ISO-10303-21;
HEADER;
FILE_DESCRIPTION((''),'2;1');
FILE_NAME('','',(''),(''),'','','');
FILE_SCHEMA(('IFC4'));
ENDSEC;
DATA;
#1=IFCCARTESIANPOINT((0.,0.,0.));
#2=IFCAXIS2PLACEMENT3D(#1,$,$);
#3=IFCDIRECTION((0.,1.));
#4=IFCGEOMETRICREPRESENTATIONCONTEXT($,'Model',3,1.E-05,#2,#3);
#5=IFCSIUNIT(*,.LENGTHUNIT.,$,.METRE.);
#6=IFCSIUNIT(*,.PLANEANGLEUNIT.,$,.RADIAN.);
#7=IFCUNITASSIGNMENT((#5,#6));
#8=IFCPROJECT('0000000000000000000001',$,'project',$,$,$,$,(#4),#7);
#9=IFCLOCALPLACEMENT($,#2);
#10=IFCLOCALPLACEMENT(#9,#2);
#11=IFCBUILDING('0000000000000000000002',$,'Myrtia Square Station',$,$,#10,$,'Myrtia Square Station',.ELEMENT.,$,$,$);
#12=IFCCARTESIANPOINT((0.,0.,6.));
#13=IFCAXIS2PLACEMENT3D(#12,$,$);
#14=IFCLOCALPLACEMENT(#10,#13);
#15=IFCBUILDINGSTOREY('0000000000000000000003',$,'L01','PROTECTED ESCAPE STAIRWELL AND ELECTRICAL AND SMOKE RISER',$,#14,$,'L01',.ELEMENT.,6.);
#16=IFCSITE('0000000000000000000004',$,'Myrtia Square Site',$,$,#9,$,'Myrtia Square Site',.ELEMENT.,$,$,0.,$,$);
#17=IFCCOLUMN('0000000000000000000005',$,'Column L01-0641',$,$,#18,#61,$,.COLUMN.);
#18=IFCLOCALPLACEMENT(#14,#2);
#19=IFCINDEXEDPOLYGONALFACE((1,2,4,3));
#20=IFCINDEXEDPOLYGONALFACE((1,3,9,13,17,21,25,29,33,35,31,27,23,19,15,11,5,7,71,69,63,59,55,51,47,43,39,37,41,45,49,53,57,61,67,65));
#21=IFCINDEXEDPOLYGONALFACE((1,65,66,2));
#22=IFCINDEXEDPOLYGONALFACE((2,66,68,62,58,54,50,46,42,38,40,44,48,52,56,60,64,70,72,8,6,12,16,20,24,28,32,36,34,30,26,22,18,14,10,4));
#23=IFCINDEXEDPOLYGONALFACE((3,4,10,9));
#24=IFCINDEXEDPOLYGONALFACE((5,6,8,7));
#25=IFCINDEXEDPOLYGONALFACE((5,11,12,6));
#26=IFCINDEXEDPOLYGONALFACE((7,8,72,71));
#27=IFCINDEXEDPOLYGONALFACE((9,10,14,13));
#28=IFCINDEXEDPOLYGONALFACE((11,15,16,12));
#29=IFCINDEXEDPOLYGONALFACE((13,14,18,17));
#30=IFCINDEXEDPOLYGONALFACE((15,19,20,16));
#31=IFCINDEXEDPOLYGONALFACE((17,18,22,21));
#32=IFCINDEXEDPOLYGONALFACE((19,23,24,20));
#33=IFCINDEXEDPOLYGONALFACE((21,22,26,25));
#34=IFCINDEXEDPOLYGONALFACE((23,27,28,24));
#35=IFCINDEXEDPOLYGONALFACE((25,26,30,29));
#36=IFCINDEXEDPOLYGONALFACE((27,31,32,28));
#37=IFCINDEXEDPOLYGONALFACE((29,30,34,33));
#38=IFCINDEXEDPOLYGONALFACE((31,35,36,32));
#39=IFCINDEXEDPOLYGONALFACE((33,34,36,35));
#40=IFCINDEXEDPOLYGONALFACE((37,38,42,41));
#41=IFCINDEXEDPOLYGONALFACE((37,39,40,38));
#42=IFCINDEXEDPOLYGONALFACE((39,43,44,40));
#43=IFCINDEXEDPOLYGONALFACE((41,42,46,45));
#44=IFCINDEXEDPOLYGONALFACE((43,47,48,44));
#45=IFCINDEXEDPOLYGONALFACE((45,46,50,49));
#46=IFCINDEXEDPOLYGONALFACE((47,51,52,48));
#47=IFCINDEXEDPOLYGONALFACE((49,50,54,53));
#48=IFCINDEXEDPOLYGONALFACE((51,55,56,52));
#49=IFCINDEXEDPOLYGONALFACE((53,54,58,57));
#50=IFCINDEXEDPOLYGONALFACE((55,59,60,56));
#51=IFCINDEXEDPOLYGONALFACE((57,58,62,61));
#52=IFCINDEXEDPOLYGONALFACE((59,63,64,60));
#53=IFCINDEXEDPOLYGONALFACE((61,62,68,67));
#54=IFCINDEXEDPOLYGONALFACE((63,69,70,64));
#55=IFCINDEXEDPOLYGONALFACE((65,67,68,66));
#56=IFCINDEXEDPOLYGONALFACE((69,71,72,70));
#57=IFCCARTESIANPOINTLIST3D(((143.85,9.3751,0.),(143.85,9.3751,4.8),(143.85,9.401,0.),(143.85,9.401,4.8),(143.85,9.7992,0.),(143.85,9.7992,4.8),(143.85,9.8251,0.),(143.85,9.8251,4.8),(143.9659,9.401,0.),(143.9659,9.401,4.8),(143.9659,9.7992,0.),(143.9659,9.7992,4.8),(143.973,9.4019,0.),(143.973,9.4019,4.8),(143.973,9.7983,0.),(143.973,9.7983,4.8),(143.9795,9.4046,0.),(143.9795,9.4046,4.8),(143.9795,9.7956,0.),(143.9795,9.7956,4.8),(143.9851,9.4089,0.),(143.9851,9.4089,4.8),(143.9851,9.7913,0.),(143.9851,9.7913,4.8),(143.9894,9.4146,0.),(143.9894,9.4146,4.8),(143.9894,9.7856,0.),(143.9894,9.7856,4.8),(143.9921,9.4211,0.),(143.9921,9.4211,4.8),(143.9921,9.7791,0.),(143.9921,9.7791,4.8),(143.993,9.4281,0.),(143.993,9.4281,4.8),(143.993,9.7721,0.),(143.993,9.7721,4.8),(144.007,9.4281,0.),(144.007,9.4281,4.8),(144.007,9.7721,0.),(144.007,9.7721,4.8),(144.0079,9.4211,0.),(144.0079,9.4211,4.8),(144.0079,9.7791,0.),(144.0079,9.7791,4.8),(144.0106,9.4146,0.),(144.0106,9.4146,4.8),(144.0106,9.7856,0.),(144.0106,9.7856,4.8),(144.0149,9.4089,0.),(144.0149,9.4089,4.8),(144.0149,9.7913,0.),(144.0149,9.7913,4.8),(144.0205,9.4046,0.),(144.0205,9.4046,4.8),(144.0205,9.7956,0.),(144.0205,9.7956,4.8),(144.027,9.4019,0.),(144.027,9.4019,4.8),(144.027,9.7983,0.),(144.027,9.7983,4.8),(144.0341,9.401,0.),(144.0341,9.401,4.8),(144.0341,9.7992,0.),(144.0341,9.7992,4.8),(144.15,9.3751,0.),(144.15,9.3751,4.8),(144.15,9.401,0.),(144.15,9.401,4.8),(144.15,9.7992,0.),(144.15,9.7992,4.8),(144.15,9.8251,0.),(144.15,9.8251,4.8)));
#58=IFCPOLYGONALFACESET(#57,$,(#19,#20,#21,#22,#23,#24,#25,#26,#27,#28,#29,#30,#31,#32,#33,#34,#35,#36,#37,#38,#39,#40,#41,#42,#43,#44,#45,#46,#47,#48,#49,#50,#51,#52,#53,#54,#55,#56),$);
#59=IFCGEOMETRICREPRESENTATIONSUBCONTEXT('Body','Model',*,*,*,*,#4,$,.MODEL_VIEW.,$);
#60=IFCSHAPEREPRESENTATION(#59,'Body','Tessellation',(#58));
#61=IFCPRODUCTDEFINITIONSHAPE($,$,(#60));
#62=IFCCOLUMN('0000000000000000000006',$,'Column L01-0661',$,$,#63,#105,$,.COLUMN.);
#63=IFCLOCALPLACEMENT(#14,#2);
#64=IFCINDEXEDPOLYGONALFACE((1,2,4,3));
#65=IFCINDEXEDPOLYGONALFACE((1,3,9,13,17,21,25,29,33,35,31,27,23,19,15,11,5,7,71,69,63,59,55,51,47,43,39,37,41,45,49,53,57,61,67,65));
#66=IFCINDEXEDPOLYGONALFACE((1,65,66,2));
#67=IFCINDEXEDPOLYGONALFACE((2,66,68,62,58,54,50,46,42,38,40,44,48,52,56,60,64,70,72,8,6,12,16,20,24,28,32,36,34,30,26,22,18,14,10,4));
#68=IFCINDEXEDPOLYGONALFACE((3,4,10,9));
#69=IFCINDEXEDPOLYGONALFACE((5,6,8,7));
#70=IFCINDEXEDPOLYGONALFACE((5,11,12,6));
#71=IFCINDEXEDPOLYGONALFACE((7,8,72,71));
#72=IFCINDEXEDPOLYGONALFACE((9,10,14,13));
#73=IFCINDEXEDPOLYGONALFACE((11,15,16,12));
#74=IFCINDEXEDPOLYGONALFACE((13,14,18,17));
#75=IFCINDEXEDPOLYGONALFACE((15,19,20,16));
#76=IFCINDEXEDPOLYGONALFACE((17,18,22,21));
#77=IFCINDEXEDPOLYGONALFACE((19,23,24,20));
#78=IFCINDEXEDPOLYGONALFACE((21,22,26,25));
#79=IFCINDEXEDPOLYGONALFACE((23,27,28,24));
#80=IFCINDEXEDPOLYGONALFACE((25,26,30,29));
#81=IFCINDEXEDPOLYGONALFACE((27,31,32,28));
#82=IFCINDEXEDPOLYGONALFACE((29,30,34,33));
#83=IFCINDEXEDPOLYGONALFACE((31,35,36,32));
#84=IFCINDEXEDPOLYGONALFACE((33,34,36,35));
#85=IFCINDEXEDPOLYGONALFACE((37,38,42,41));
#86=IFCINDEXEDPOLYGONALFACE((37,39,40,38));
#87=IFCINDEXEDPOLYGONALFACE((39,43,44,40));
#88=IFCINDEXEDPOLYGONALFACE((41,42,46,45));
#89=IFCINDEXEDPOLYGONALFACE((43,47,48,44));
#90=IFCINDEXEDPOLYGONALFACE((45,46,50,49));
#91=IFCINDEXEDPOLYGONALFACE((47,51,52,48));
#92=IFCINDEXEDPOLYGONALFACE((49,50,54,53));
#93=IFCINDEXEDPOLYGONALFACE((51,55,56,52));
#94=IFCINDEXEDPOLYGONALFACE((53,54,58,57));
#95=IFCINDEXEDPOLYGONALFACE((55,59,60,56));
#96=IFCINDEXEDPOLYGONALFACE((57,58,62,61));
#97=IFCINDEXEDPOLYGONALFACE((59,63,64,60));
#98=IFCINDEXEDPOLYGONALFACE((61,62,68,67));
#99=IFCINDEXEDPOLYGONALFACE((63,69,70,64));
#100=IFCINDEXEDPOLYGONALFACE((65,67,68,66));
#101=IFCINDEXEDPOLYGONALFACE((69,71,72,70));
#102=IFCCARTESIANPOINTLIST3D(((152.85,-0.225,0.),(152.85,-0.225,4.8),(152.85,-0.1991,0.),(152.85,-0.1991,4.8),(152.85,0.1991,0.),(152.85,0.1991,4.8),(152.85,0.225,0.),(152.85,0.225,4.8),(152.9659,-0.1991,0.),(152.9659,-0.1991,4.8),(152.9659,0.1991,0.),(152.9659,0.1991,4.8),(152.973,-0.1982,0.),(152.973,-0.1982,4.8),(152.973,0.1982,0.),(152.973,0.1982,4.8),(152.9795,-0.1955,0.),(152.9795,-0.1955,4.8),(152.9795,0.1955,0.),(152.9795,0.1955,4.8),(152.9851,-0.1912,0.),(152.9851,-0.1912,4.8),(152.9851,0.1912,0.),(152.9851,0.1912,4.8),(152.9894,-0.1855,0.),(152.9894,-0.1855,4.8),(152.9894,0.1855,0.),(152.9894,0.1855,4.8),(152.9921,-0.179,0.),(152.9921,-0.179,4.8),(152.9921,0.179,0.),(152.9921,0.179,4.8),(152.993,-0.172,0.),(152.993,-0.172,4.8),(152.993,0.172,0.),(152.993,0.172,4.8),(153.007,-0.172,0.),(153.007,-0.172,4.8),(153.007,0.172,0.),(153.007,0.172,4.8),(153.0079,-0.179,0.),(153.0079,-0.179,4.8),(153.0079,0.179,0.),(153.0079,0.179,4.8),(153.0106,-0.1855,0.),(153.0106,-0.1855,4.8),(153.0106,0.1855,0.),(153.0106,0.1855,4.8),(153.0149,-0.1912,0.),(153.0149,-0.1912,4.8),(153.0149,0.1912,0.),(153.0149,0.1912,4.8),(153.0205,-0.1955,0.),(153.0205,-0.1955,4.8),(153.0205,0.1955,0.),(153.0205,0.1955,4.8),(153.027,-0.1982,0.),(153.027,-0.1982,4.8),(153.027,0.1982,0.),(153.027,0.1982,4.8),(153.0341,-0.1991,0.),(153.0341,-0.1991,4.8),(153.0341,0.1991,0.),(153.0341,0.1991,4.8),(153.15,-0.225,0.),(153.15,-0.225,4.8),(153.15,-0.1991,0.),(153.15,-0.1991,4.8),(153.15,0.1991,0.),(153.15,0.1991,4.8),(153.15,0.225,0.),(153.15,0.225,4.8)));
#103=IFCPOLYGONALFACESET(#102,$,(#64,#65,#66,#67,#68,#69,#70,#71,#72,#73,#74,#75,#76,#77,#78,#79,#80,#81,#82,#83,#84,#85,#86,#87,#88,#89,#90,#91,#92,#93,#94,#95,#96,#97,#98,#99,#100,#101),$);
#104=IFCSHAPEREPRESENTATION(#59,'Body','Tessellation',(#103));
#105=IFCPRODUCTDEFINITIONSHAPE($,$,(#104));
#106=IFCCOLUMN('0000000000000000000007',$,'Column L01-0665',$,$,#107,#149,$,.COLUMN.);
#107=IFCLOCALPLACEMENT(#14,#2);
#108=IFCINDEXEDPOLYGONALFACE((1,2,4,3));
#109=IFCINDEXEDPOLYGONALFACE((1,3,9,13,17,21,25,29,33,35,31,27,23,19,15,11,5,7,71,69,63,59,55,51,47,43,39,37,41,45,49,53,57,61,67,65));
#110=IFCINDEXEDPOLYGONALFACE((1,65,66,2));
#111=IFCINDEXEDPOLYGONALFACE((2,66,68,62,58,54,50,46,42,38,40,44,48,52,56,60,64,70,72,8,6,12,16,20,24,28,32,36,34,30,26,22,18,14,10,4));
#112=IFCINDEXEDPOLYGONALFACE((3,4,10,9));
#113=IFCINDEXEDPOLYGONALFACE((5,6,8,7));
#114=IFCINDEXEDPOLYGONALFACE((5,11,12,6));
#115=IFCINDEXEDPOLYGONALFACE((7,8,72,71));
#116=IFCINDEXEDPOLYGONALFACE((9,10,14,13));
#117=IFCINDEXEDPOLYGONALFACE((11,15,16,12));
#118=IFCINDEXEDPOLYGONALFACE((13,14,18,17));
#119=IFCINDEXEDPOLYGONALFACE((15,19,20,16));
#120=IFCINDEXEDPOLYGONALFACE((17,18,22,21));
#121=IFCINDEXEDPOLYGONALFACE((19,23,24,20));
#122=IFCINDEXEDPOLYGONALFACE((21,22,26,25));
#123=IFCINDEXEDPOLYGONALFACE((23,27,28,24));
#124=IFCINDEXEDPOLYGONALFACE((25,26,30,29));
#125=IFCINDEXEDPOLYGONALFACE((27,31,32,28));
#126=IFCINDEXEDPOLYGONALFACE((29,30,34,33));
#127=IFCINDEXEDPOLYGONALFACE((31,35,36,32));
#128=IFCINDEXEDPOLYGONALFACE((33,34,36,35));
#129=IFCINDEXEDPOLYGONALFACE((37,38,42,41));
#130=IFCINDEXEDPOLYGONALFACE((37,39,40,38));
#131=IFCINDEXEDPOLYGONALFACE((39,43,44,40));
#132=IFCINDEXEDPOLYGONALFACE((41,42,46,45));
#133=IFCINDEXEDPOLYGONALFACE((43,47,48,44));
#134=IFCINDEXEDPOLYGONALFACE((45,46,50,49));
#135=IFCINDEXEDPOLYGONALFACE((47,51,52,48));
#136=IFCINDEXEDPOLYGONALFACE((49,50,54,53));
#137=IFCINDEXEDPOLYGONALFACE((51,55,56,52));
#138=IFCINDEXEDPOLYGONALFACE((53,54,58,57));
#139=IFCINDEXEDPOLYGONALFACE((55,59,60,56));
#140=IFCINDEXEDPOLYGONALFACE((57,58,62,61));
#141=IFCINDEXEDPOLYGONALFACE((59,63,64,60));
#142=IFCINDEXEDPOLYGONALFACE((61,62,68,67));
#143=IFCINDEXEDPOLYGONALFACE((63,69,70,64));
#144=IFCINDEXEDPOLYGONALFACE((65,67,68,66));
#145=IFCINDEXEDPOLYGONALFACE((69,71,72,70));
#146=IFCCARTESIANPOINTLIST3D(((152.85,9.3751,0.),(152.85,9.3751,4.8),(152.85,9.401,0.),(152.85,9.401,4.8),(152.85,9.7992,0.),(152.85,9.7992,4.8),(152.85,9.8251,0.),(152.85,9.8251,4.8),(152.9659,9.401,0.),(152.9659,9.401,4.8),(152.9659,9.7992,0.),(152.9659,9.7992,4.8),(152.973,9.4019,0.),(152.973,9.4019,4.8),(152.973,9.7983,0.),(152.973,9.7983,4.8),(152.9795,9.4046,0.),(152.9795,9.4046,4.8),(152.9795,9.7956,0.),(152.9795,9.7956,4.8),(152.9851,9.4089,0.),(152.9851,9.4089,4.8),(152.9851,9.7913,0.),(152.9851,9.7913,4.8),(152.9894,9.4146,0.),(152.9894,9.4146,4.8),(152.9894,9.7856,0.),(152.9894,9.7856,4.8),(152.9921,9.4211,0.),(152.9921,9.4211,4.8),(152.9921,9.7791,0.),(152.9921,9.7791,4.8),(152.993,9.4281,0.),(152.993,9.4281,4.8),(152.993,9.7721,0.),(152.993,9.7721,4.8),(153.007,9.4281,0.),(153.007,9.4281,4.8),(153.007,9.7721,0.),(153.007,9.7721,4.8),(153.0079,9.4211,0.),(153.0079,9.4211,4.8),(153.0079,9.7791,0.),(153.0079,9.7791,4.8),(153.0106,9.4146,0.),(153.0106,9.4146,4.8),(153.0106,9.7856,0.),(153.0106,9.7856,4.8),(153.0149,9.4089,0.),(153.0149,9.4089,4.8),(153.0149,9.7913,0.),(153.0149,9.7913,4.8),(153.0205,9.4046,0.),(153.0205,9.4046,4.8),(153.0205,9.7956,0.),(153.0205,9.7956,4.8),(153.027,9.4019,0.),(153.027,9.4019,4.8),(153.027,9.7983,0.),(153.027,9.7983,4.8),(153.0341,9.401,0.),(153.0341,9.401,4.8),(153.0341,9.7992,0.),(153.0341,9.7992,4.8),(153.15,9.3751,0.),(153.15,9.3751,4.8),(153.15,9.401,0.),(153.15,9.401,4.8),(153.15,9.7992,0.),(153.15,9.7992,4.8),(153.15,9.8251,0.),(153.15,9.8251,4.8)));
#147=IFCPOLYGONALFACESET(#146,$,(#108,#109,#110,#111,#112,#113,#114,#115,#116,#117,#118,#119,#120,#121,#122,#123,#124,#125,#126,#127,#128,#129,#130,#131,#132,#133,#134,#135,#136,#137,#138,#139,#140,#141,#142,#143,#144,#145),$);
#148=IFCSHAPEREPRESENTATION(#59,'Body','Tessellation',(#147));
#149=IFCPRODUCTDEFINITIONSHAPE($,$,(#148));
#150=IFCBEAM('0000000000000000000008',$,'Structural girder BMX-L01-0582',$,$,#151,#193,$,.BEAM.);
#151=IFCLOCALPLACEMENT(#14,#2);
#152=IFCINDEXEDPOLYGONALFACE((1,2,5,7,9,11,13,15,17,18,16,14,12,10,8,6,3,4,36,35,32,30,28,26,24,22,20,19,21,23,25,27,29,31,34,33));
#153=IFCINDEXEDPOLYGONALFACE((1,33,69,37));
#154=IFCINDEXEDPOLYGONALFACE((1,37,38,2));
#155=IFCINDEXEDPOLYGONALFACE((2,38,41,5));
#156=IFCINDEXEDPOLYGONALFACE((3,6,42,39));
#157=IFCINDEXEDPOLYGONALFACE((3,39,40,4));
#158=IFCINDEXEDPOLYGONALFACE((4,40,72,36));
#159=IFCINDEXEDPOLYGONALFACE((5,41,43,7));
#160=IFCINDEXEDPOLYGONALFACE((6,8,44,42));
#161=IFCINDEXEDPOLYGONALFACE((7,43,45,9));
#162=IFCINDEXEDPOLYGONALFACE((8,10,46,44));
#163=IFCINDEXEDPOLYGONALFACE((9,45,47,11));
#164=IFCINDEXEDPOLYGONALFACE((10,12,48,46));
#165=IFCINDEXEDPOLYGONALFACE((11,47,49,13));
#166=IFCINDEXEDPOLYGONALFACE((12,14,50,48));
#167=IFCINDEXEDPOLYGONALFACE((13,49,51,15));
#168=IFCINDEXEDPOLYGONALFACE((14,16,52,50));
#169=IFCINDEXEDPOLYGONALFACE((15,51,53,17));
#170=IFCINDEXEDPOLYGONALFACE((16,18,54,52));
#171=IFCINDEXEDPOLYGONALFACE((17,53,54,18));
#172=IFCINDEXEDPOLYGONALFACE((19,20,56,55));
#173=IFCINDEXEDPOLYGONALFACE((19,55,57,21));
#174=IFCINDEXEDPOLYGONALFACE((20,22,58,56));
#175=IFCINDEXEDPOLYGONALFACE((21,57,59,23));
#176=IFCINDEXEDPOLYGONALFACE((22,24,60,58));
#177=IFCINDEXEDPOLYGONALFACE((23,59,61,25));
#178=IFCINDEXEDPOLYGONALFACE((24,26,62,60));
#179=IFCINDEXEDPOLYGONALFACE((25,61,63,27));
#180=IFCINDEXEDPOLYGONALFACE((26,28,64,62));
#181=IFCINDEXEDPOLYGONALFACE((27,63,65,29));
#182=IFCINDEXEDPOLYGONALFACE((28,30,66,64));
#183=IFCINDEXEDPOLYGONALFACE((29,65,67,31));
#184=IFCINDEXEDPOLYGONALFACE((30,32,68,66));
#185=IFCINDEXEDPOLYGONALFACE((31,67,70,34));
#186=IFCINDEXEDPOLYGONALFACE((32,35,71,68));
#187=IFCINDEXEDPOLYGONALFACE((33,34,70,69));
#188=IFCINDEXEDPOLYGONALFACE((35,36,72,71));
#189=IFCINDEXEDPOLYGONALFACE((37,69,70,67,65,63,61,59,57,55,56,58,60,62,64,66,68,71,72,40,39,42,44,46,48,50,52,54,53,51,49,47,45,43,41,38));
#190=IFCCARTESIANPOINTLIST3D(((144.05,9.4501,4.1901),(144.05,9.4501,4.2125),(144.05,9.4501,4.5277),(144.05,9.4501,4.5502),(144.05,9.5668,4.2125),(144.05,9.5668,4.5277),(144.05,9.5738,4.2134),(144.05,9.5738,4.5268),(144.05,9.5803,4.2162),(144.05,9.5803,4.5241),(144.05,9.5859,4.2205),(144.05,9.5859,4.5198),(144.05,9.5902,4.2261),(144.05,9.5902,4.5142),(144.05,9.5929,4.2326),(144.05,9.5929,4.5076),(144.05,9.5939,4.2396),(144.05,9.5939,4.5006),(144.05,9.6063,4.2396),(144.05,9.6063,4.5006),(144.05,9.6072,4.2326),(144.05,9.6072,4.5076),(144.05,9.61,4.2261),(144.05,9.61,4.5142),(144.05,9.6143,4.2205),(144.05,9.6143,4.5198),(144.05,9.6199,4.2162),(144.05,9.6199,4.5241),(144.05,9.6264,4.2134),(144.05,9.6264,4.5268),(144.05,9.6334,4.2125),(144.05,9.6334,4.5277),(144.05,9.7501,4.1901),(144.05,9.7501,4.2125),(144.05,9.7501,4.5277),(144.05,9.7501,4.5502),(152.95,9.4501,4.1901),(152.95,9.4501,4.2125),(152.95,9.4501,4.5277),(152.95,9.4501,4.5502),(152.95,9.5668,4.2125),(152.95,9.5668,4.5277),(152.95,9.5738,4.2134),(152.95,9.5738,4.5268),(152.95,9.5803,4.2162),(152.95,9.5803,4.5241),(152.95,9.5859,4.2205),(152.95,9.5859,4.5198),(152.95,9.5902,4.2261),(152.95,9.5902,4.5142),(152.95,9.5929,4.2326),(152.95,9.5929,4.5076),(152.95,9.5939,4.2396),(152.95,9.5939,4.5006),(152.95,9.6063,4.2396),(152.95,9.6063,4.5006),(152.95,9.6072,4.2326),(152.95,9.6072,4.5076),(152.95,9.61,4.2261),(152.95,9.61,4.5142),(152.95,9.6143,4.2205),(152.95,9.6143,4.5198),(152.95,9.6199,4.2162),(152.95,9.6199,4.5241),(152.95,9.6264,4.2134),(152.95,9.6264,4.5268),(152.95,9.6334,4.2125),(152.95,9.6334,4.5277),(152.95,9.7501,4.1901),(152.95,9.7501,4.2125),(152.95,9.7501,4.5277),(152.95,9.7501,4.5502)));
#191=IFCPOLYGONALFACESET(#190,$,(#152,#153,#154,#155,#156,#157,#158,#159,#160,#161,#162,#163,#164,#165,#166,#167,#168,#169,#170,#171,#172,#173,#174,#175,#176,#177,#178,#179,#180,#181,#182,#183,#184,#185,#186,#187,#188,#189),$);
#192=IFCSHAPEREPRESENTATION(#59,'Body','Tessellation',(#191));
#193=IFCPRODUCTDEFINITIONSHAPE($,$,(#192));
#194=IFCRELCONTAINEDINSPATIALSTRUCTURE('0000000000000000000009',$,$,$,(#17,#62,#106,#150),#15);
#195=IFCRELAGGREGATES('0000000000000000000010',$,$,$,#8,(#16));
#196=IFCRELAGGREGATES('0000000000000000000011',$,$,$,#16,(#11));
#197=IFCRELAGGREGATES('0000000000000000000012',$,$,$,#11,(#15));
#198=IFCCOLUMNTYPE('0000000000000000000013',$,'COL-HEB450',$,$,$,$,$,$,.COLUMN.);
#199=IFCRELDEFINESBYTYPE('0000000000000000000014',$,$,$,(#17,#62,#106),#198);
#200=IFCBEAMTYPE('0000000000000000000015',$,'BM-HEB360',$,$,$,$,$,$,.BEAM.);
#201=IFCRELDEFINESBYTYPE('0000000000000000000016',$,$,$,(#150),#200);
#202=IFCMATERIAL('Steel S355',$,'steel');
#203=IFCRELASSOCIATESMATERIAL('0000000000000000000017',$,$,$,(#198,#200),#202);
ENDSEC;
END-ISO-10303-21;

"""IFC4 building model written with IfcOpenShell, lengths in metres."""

from ifc_helpers import new_model, si_unit, direction, frame, origin, origin_2d, place, context, subcontext, project, spatial, i_section, extrude, material, material_profile, profile_set, type_object, element, save


model = new_model("IFC4")

# Units and contexts
model_context = context("Model", 3, precision=1e-05, world=origin(), true_north=direction((0.0, 1.0)))
body_context = subcontext(model_context, "Body", "Model", "MODEL_VIEW")
ifc_project = project(units=[si_unit("LENGTHUNIT", "METRE"), si_unit("PLANEANGLEUNIT", "RADIAN")], contexts=[model_context])

# Site, building, storey
site_placement = place(None, origin())
site = spatial("IfcSite", under=ifc_project, at=site_placement, Name="Myrtia Square Site", LongName="Myrtia Square Site", CompositionType="ELEMENT", RefElevation=0.0)
building_placement = place(site_placement, origin())
building = spatial("IfcBuilding", under=site, at=building_placement, Name="Myrtia Square Station", LongName="Myrtia Square Station", CompositionType="ELEMENT")
storey_placement = place(building_placement, frame((0.0, 0.0, 6.0)))
storey = spatial("IfcBuildingStorey", under=building, at=storey_placement, Name="L01", Description="PROTECTED ESCAPE STAIRWELL AND ELECTRICAL AND SMOKE RISER", LongName="L01", CompositionType="ELEMENT", Elevation=6.0)

# Columns
ifc_material_1 = material(Name="Steel S355", Category="steel")
ifc_material_profile_1 = material_profile(ifc_material_1, i_section(OverallWidth=0.3, OverallDepth=0.45, WebThickness=0.0139, FlangeThickness=0.0259, FilletRadius=0.0271, at=origin_2d()), Name="HEB 450")
ifc_profile_set_1 = profile_set([ifc_material_profile_1], Name="Steel S355")
column_type = type_object("IfcColumnType", Name="COL-HEB450", PredefinedType="COLUMN", material=ifc_profile_set_1)
for number, where, z_axis, x_axis, name in (
    (1, (144.0, 9.6001, 0.0), (0.0, 0.0, 1.0), (1.0, 0.0, 0.0), "Column L01-0641"),
    (2, (153.0, 0.0, 0.0), (0.0, 0.0, 1.0), (1.0, 0.0, 0.0), "Column L01-0661"),
    (3, (153.0, 9.6001, 0.0), (0.0, 0.0, 1.0), (1.0, 0.0, 0.0), "Column L01-0665"),
):
    element("IfcColumn", number, at=place(storey_placement, frame(where, z_axis=z_axis, x_axis=x_axis)), inside=storey, type_object=column_type, Name=name, PredefinedType="COLUMN", context=body_context, shape_type="SweptSolid", body=[
        extrude(i_section(OverallWidth=0.3, OverallDepth=0.45, WebThickness=0.0139, FlangeThickness=0.0259, FilletRadius=0.0271, at=origin_2d()), origin(), (0.0, 0.0, 1.0), 4.8),
    ])

# Beam
ifc_material_profile_2 = material_profile(ifc_material_1, i_section(OverallWidth=0.3, OverallDepth=0.3601, WebThickness=0.0125, FlangeThickness=0.0225, FilletRadius=0.0271, at=origin_2d()), Name="HEB 360")
ifc_profile_set_2 = profile_set([ifc_material_profile_2], Name="Steel S355")
beam_type_1 = type_object("IfcBeamType", Name="BM-HEB360", PredefinedType="BEAM", material=ifc_profile_set_2)
for number, where, z_axis, x_axis, name in (
    (4, (144.05, 9.6001, 4.3701), (1.0, 0.0, 0.0), (0.0, 1.0, 0.0), "Structural girder BMX-L01-0582"),
):
    element("IfcBeam", number, at=place(storey_placement, frame(where, z_axis=z_axis, x_axis=x_axis)), inside=storey, type_object=beam_type_1, Name=name, PredefinedType="BEAM", context=body_context, shape_type="SweptSolid", body=[
        extrude(i_section(OverallWidth=0.3, OverallDepth=0.3601, WebThickness=0.0125, FlangeThickness=0.0225, FilletRadius=0.0271, at=origin_2d()), origin(), (0.0, 0.0, 1.0), 8.8999),
    ])

save(model, "model.ifc")
